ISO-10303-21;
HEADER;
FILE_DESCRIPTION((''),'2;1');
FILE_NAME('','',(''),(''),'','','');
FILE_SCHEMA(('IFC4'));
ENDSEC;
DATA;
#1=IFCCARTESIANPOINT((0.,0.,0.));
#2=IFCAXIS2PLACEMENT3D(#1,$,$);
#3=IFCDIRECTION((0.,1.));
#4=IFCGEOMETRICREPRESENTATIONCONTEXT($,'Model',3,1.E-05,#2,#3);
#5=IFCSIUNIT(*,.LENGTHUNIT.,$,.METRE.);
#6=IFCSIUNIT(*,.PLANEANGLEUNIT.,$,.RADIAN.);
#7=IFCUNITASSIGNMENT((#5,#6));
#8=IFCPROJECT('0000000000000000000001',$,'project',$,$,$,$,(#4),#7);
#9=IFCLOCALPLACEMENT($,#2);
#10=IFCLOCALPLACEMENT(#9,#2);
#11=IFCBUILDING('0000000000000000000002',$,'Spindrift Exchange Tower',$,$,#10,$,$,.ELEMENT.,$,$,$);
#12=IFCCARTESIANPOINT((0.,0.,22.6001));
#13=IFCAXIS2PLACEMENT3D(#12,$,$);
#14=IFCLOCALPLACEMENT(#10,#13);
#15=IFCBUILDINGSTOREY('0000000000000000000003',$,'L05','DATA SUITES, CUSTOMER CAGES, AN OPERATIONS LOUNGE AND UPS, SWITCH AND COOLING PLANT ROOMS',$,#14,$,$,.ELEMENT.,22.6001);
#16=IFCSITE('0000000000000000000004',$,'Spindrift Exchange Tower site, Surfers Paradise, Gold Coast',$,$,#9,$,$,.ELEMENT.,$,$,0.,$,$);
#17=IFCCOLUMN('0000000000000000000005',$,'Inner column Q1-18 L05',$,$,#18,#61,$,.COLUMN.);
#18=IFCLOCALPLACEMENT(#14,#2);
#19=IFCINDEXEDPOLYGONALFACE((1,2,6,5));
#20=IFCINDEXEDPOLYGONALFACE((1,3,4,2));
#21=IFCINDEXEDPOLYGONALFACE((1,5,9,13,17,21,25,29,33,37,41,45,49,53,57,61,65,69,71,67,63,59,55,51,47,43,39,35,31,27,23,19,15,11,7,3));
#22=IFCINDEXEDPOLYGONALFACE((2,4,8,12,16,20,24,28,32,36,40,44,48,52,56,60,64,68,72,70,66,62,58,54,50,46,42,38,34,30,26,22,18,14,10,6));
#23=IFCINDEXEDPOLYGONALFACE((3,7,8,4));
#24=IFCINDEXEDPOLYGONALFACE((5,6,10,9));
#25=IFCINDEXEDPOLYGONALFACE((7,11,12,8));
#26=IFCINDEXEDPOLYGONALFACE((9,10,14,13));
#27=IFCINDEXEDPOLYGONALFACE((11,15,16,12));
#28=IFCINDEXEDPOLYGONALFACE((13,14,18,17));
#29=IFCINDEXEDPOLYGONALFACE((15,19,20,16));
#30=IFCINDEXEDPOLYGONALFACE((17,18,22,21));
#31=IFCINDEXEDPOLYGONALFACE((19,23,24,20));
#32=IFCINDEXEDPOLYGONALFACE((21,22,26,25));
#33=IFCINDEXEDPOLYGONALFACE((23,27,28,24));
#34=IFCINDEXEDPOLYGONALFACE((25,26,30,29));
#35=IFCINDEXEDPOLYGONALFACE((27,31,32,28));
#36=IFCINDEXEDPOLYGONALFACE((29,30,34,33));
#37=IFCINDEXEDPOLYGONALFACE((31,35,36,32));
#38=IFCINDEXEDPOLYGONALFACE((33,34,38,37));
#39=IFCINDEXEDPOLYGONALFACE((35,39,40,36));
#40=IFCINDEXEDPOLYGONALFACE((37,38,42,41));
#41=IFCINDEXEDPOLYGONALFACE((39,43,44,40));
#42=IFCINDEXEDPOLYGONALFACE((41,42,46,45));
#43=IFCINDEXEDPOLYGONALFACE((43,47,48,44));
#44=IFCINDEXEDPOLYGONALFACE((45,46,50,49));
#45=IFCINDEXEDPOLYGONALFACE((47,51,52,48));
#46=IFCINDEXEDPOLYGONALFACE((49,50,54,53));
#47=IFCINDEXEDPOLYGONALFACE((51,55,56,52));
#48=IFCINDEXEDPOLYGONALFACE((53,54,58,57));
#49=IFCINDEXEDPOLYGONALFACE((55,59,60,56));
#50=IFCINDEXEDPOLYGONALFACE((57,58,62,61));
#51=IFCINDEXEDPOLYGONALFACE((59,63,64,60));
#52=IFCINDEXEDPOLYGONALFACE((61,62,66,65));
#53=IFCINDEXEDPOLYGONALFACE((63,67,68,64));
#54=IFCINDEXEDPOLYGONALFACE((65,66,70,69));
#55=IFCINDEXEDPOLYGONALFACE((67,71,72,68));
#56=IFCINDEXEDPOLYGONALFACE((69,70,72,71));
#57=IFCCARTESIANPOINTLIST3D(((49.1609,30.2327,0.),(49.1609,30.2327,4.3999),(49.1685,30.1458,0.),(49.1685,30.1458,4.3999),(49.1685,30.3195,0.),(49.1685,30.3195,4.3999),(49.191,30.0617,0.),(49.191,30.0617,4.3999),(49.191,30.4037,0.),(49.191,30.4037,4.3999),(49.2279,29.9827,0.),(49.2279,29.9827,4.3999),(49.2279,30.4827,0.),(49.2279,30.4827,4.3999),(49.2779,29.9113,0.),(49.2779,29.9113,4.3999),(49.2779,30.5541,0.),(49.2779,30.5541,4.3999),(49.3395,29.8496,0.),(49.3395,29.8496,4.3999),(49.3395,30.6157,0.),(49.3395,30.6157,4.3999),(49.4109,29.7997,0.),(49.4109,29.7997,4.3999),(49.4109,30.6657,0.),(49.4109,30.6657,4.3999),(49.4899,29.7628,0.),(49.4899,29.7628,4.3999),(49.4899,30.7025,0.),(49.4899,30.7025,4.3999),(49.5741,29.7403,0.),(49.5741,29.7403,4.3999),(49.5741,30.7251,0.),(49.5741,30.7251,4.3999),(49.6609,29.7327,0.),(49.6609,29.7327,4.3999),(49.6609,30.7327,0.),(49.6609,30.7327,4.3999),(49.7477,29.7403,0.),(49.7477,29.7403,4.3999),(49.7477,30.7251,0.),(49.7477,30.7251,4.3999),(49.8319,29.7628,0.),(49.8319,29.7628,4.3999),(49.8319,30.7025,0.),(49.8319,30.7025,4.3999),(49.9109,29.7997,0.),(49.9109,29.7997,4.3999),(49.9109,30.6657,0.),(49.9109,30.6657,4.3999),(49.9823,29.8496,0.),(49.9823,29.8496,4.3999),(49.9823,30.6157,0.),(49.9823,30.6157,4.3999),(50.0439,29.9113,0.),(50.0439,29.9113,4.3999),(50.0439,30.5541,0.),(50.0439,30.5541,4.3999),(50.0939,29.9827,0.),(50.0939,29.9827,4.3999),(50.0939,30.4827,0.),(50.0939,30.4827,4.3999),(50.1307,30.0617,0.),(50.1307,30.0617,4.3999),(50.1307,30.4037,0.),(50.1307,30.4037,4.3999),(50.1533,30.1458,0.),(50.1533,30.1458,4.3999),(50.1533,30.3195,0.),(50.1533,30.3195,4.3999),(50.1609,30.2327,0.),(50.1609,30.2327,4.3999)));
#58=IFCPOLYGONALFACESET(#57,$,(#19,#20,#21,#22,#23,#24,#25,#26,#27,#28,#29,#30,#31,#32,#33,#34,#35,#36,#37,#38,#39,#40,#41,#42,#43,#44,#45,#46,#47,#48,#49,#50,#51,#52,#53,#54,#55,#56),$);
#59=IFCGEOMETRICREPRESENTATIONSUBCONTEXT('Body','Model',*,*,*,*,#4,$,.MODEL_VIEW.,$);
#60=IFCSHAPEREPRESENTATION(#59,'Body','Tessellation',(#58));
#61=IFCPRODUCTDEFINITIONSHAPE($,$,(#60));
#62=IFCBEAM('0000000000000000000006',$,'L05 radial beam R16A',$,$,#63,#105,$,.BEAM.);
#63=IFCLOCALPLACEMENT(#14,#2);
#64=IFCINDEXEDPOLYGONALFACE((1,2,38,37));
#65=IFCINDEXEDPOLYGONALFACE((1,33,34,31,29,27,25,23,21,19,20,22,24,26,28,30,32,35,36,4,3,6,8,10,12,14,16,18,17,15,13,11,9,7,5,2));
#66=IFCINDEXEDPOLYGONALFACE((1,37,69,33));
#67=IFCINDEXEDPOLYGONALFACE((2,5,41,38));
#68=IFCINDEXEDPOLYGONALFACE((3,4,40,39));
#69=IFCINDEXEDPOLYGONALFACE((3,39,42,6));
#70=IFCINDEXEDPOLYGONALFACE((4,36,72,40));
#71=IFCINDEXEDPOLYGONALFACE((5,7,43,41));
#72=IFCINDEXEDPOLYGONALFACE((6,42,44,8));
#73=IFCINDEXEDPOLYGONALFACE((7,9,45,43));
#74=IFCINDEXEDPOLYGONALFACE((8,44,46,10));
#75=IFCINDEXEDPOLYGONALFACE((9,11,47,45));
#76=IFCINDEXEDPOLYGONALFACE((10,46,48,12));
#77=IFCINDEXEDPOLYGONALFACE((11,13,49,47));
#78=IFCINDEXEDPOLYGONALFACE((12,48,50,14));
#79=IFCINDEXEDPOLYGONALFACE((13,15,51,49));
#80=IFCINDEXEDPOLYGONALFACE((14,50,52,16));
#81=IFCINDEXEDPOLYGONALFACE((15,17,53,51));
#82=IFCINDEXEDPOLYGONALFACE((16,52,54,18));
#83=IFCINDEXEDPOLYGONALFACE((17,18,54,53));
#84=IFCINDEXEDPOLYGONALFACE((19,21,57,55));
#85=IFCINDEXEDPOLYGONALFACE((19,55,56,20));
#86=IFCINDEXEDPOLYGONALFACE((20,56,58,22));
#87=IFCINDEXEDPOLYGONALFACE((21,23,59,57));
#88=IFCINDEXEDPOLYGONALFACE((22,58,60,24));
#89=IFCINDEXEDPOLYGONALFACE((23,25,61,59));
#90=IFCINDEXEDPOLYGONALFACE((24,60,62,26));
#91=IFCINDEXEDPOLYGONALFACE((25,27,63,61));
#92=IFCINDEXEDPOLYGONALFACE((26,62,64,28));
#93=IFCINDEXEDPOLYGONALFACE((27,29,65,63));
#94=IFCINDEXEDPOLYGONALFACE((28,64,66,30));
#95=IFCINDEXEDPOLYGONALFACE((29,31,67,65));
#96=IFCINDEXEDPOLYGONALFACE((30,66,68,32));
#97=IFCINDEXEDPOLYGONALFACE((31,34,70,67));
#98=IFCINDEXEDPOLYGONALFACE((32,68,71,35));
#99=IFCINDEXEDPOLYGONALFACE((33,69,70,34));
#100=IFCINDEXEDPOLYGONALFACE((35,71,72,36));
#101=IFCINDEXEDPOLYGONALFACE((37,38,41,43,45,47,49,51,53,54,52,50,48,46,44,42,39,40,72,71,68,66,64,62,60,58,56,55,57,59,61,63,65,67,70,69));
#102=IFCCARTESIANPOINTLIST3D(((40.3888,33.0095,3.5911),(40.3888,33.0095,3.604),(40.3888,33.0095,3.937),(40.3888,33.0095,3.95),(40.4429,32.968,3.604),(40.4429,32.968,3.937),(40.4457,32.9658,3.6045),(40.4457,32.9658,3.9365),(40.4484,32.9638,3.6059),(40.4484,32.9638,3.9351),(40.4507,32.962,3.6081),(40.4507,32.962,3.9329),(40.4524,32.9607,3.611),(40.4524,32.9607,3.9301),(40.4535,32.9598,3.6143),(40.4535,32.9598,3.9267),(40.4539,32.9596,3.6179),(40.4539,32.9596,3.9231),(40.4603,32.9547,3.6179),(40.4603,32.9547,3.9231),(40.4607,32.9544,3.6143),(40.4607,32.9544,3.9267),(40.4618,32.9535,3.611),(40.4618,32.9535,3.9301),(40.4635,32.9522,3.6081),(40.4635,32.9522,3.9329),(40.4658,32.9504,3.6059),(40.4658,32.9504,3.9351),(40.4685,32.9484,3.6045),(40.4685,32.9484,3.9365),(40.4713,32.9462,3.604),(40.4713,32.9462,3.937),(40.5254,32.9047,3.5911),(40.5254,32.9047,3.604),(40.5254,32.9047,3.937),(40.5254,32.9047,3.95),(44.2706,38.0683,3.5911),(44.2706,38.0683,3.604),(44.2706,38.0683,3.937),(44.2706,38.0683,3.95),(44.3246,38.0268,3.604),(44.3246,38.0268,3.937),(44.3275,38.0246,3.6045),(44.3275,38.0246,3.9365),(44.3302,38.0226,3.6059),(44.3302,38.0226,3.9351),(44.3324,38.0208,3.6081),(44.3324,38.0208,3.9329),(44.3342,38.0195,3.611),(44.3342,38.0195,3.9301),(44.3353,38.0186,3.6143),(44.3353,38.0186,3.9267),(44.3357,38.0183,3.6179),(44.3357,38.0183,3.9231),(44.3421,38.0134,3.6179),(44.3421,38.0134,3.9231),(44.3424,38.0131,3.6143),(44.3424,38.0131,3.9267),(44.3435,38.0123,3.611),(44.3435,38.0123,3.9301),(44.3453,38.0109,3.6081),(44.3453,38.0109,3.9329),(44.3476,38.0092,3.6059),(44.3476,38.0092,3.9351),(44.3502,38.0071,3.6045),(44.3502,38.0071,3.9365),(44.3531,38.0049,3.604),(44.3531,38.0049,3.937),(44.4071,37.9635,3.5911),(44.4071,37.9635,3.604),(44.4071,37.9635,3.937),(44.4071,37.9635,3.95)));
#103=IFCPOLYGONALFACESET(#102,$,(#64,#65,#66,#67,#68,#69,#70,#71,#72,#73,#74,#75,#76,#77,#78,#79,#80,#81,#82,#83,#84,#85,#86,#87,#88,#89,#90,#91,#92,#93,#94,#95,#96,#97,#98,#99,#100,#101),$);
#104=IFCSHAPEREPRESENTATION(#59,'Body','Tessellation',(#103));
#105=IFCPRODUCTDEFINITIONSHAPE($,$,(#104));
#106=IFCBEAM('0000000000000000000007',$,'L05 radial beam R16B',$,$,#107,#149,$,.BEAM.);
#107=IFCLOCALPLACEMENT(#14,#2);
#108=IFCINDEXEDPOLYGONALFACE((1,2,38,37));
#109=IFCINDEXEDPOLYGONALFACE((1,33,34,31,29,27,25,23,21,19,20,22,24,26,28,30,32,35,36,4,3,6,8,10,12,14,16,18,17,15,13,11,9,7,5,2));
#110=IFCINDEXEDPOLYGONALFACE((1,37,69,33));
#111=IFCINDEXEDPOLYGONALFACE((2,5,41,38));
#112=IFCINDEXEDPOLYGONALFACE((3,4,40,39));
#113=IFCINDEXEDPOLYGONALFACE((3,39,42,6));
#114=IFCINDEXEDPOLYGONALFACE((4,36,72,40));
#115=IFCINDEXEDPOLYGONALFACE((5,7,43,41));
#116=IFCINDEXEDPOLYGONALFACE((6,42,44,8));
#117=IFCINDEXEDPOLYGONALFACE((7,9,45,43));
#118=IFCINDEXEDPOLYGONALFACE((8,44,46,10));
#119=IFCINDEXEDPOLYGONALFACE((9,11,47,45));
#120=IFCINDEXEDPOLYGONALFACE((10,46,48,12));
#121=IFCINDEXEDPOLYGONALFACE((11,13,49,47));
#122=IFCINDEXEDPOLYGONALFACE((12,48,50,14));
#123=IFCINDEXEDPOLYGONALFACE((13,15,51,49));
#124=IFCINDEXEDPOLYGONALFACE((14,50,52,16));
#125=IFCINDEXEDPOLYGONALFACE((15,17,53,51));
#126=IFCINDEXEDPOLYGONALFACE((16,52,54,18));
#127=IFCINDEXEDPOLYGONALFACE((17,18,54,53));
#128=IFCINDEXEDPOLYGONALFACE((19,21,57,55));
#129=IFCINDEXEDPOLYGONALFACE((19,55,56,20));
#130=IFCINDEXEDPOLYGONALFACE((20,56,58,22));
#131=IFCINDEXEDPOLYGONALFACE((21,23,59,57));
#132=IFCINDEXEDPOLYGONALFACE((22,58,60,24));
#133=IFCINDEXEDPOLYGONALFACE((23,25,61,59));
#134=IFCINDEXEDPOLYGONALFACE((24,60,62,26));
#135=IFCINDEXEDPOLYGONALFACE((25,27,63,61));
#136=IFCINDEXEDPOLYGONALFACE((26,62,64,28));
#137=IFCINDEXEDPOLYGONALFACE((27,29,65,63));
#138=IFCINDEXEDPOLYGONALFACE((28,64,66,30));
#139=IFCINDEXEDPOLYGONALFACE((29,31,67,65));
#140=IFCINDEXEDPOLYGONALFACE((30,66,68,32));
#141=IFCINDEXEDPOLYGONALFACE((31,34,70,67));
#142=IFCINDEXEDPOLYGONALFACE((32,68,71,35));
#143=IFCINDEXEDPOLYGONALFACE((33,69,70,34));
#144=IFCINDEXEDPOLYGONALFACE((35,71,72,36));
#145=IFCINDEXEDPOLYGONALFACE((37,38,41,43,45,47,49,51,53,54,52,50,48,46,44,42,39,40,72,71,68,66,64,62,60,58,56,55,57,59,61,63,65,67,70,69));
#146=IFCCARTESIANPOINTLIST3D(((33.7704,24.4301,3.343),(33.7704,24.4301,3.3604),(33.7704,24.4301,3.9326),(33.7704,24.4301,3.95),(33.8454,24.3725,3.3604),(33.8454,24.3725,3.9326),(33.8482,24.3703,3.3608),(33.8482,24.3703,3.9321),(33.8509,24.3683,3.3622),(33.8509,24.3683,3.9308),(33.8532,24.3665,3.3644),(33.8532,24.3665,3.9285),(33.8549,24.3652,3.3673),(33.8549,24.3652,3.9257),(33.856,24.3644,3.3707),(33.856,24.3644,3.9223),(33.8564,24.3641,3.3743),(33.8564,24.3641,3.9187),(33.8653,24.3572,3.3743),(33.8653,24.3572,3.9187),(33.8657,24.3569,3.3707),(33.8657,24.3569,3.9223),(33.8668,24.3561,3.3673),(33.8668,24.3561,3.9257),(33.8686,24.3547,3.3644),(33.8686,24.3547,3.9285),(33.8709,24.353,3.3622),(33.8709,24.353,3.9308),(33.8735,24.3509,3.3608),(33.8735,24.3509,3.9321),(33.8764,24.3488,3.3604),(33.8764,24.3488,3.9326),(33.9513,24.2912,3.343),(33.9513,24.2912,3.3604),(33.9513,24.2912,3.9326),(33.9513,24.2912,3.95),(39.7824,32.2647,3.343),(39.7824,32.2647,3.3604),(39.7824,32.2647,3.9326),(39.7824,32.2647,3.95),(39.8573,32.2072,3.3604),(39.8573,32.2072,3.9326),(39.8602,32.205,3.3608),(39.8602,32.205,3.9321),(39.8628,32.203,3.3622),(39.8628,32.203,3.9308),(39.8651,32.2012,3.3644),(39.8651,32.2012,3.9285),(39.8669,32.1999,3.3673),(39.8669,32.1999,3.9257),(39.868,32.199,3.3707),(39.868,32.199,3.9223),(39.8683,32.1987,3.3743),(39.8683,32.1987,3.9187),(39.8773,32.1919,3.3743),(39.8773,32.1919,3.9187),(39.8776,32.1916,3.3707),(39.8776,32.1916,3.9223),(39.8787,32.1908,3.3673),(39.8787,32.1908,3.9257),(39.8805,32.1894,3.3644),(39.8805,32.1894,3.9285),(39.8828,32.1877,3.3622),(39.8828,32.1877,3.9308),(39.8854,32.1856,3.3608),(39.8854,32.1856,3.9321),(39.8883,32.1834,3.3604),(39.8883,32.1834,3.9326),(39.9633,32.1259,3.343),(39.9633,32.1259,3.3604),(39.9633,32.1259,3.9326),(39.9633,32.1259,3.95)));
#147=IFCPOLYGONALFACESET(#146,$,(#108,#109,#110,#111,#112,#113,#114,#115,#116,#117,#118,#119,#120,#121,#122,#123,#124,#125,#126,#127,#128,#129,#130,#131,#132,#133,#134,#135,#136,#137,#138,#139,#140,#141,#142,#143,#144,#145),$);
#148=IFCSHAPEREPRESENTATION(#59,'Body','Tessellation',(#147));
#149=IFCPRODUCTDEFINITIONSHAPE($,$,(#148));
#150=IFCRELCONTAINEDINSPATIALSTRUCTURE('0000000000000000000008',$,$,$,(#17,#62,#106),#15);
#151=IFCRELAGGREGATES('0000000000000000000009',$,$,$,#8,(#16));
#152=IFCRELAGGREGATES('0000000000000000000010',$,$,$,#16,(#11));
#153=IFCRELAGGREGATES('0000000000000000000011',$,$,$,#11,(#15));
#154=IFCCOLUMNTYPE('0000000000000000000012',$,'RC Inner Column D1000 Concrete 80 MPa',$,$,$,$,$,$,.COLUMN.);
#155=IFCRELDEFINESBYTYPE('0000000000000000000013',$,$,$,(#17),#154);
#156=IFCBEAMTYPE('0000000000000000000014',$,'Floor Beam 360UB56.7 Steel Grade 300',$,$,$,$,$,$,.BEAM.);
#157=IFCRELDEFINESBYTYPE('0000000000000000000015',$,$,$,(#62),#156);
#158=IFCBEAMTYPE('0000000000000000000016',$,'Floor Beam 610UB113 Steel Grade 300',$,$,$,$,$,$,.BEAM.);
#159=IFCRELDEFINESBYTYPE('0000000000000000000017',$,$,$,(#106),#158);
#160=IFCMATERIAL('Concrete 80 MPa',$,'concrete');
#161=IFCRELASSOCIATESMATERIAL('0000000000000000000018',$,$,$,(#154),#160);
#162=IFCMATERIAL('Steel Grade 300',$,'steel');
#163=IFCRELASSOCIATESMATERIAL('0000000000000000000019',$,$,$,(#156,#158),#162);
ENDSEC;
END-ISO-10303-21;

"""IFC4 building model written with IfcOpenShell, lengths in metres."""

from ifc_helpers import new_model, si_unit, direction, frame, origin, origin_2d, place, context, subcontext, project, spatial, circle, i_section, extrude, source, transform, mapped, material, material_profile, profile_set, type_object, element, save


model = new_model("IFC4")

# Units and contexts
model_context = context("Model", 3, precision=1e-05, world=origin(), true_north=direction((0.0, 1.0)))
body_context = subcontext(model_context, "Body", "Model", "MODEL_VIEW")
ifc_project = project(units=[si_unit("LENGTHUNIT", "METRE"), si_unit("PLANEANGLEUNIT", "RADIAN")], contexts=[model_context])

# Site, building, storey
site_placement = place(None, origin())
site = spatial("IfcSite", under=ifc_project, at=site_placement, Name="Spindrift Exchange Tower site, Surfers Paradise, Gold Coast", CompositionType="ELEMENT", RefElevation=0.0)
building_placement = place(site_placement, origin())
building = spatial("IfcBuilding", under=site, at=building_placement, Name="Spindrift Exchange Tower", CompositionType="ELEMENT")
storey_placement = place(building_placement, frame((0.0, 0.0, 22.6001)))
storey = spatial("IfcBuildingStorey", under=building, at=storey_placement, Name="L05", Description="DATA SUITES, CUSTOMER CAGES, AN OPERATIONS LOUNGE AND UPS, SWITCH AND COOLING PLANT ROOMS", CompositionType="ELEMENT", Elevation=22.6001)

# Column
ifc_material_1 = material(Name="Concrete 80 MPa", Category="concrete")
ifc_material_profile_1 = material_profile(ifc_material_1, circle(Radius=0.5, at=origin_2d()), Name="RC D1000")
ifc_profile_set_1 = profile_set([ifc_material_profile_1], Name="Concrete 80 MPa")
column_type_1 = type_object("IfcColumnType", Name="RC Inner Column D1000 Concrete 80 MPa", PredefinedType="COLUMN", material=ifc_profile_set_1)
shared_shape_1 = source(origin(), body_context, "Body", "SweptSolid", [
    extrude(circle(Radius=0.5, at=origin_2d()), origin(), (0.0, 0.0, 1.0), 4.3999),
])
for number, where, z_axis, x_axis, name in (
    (1, (49.6609, 30.2327, 0.0), (0.0, 0.0, 1.0), (1.0, 0.0, 0.0), "Inner column Q1-18 L05"),
):
    element("IfcColumn", number, at=place(storey_placement, frame(where, z_axis=z_axis, x_axis=x_axis)), inside=storey, type_object=column_type_1, Name=name, PredefinedType="COLUMN", context=body_context, shape_type="MappedRepresentation", body=[
        mapped(shared_shape_1, transform((0.0, 0.0, 0.0), scale=1.0)),
    ])

# Beams
ifc_material_2 = material(Name="Steel Grade 300", Category="steel")
ifc_material_profile_2 = material_profile(ifc_material_2, i_section(OverallWidth=0.1721, OverallDepth=0.3589, WebThickness=0.0081, FlangeThickness=0.0129, FilletRadius=0.0139, at=origin_2d()), Name="360UB56.7")
ifc_profile_set_2 = profile_set([ifc_material_profile_2], Name="Steel Grade 300")
beam_type_1 = type_object("IfcBeamType", Name="Floor Beam 360UB56.7 Steel Grade 300", PredefinedType="BEAM", material=ifc_profile_set_2)
shared_shape_2 = source(origin(), body_context, "Body", "SweptSolid", [
    extrude(i_section(OverallWidth=0.1721, OverallDepth=0.3589, WebThickness=0.0081, FlangeThickness=0.0129, FilletRadius=0.0139, at=origin_2d()), origin(), (0.0, 0.0, 1.0), 6.3765),
])
beam_1_placement = place(storey_placement, frame((44.3389, 38.0159, 3.7705), z_axis=(-0.608767, -0.793349, 0.0), x_axis=(0.793349, -0.608767, 0.0)))
element("IfcBeam", 2, at=beam_1_placement, inside=storey, type_object=beam_type_1, Name="L05 radial beam R16A", PredefinedType="BEAM", context=body_context, shape_type="MappedRepresentation", body=[
    mapped(shared_shape_2, transform((0.0, 0.0, 0.0), scale=1.0)),
])
ifc_material_profile_3 = material_profile(ifc_material_2, i_section(OverallWidth=0.228, OverallDepth=0.6069, WebThickness=0.0112, FlangeThickness=0.0173, FilletRadius=0.0139, at=origin_2d()), Name="610UB113")
ifc_profile_set_3 = profile_set([ifc_material_profile_3], Name="Steel Grade 300")
beam_type_2 = type_object("IfcBeamType", Name="Floor Beam 610UB113 Steel Grade 300", PredefinedType="BEAM", material=ifc_profile_set_3)
shared_shape_3 = source(origin(), body_context, "Body", "SweptSolid", [
    extrude(i_section(OverallWidth=0.228, OverallDepth=0.6069, WebThickness=0.0112, FlangeThickness=0.0173, FilletRadius=0.0139, at=origin_2d()), origin(), (0.0, 0.0, 1.0), 9.8755),
])
beam_2_placement = place(storey_placement, frame((39.8728, 32.1953, 3.6465), z_axis=(-0.608772, -0.793345, 0.0), x_axis=(0.793345, -0.608772, 0.0)))
element("IfcBeam", 3, at=beam_2_placement, inside=storey, type_object=beam_type_2, Name="L05 radial beam R16B", PredefinedType="BEAM", context=body_context, shape_type="MappedRepresentation", body=[
    mapped(shared_shape_3, transform((0.0, 0.0, 0.0), scale=1.0)),
])

save(model, "model.ifc")
